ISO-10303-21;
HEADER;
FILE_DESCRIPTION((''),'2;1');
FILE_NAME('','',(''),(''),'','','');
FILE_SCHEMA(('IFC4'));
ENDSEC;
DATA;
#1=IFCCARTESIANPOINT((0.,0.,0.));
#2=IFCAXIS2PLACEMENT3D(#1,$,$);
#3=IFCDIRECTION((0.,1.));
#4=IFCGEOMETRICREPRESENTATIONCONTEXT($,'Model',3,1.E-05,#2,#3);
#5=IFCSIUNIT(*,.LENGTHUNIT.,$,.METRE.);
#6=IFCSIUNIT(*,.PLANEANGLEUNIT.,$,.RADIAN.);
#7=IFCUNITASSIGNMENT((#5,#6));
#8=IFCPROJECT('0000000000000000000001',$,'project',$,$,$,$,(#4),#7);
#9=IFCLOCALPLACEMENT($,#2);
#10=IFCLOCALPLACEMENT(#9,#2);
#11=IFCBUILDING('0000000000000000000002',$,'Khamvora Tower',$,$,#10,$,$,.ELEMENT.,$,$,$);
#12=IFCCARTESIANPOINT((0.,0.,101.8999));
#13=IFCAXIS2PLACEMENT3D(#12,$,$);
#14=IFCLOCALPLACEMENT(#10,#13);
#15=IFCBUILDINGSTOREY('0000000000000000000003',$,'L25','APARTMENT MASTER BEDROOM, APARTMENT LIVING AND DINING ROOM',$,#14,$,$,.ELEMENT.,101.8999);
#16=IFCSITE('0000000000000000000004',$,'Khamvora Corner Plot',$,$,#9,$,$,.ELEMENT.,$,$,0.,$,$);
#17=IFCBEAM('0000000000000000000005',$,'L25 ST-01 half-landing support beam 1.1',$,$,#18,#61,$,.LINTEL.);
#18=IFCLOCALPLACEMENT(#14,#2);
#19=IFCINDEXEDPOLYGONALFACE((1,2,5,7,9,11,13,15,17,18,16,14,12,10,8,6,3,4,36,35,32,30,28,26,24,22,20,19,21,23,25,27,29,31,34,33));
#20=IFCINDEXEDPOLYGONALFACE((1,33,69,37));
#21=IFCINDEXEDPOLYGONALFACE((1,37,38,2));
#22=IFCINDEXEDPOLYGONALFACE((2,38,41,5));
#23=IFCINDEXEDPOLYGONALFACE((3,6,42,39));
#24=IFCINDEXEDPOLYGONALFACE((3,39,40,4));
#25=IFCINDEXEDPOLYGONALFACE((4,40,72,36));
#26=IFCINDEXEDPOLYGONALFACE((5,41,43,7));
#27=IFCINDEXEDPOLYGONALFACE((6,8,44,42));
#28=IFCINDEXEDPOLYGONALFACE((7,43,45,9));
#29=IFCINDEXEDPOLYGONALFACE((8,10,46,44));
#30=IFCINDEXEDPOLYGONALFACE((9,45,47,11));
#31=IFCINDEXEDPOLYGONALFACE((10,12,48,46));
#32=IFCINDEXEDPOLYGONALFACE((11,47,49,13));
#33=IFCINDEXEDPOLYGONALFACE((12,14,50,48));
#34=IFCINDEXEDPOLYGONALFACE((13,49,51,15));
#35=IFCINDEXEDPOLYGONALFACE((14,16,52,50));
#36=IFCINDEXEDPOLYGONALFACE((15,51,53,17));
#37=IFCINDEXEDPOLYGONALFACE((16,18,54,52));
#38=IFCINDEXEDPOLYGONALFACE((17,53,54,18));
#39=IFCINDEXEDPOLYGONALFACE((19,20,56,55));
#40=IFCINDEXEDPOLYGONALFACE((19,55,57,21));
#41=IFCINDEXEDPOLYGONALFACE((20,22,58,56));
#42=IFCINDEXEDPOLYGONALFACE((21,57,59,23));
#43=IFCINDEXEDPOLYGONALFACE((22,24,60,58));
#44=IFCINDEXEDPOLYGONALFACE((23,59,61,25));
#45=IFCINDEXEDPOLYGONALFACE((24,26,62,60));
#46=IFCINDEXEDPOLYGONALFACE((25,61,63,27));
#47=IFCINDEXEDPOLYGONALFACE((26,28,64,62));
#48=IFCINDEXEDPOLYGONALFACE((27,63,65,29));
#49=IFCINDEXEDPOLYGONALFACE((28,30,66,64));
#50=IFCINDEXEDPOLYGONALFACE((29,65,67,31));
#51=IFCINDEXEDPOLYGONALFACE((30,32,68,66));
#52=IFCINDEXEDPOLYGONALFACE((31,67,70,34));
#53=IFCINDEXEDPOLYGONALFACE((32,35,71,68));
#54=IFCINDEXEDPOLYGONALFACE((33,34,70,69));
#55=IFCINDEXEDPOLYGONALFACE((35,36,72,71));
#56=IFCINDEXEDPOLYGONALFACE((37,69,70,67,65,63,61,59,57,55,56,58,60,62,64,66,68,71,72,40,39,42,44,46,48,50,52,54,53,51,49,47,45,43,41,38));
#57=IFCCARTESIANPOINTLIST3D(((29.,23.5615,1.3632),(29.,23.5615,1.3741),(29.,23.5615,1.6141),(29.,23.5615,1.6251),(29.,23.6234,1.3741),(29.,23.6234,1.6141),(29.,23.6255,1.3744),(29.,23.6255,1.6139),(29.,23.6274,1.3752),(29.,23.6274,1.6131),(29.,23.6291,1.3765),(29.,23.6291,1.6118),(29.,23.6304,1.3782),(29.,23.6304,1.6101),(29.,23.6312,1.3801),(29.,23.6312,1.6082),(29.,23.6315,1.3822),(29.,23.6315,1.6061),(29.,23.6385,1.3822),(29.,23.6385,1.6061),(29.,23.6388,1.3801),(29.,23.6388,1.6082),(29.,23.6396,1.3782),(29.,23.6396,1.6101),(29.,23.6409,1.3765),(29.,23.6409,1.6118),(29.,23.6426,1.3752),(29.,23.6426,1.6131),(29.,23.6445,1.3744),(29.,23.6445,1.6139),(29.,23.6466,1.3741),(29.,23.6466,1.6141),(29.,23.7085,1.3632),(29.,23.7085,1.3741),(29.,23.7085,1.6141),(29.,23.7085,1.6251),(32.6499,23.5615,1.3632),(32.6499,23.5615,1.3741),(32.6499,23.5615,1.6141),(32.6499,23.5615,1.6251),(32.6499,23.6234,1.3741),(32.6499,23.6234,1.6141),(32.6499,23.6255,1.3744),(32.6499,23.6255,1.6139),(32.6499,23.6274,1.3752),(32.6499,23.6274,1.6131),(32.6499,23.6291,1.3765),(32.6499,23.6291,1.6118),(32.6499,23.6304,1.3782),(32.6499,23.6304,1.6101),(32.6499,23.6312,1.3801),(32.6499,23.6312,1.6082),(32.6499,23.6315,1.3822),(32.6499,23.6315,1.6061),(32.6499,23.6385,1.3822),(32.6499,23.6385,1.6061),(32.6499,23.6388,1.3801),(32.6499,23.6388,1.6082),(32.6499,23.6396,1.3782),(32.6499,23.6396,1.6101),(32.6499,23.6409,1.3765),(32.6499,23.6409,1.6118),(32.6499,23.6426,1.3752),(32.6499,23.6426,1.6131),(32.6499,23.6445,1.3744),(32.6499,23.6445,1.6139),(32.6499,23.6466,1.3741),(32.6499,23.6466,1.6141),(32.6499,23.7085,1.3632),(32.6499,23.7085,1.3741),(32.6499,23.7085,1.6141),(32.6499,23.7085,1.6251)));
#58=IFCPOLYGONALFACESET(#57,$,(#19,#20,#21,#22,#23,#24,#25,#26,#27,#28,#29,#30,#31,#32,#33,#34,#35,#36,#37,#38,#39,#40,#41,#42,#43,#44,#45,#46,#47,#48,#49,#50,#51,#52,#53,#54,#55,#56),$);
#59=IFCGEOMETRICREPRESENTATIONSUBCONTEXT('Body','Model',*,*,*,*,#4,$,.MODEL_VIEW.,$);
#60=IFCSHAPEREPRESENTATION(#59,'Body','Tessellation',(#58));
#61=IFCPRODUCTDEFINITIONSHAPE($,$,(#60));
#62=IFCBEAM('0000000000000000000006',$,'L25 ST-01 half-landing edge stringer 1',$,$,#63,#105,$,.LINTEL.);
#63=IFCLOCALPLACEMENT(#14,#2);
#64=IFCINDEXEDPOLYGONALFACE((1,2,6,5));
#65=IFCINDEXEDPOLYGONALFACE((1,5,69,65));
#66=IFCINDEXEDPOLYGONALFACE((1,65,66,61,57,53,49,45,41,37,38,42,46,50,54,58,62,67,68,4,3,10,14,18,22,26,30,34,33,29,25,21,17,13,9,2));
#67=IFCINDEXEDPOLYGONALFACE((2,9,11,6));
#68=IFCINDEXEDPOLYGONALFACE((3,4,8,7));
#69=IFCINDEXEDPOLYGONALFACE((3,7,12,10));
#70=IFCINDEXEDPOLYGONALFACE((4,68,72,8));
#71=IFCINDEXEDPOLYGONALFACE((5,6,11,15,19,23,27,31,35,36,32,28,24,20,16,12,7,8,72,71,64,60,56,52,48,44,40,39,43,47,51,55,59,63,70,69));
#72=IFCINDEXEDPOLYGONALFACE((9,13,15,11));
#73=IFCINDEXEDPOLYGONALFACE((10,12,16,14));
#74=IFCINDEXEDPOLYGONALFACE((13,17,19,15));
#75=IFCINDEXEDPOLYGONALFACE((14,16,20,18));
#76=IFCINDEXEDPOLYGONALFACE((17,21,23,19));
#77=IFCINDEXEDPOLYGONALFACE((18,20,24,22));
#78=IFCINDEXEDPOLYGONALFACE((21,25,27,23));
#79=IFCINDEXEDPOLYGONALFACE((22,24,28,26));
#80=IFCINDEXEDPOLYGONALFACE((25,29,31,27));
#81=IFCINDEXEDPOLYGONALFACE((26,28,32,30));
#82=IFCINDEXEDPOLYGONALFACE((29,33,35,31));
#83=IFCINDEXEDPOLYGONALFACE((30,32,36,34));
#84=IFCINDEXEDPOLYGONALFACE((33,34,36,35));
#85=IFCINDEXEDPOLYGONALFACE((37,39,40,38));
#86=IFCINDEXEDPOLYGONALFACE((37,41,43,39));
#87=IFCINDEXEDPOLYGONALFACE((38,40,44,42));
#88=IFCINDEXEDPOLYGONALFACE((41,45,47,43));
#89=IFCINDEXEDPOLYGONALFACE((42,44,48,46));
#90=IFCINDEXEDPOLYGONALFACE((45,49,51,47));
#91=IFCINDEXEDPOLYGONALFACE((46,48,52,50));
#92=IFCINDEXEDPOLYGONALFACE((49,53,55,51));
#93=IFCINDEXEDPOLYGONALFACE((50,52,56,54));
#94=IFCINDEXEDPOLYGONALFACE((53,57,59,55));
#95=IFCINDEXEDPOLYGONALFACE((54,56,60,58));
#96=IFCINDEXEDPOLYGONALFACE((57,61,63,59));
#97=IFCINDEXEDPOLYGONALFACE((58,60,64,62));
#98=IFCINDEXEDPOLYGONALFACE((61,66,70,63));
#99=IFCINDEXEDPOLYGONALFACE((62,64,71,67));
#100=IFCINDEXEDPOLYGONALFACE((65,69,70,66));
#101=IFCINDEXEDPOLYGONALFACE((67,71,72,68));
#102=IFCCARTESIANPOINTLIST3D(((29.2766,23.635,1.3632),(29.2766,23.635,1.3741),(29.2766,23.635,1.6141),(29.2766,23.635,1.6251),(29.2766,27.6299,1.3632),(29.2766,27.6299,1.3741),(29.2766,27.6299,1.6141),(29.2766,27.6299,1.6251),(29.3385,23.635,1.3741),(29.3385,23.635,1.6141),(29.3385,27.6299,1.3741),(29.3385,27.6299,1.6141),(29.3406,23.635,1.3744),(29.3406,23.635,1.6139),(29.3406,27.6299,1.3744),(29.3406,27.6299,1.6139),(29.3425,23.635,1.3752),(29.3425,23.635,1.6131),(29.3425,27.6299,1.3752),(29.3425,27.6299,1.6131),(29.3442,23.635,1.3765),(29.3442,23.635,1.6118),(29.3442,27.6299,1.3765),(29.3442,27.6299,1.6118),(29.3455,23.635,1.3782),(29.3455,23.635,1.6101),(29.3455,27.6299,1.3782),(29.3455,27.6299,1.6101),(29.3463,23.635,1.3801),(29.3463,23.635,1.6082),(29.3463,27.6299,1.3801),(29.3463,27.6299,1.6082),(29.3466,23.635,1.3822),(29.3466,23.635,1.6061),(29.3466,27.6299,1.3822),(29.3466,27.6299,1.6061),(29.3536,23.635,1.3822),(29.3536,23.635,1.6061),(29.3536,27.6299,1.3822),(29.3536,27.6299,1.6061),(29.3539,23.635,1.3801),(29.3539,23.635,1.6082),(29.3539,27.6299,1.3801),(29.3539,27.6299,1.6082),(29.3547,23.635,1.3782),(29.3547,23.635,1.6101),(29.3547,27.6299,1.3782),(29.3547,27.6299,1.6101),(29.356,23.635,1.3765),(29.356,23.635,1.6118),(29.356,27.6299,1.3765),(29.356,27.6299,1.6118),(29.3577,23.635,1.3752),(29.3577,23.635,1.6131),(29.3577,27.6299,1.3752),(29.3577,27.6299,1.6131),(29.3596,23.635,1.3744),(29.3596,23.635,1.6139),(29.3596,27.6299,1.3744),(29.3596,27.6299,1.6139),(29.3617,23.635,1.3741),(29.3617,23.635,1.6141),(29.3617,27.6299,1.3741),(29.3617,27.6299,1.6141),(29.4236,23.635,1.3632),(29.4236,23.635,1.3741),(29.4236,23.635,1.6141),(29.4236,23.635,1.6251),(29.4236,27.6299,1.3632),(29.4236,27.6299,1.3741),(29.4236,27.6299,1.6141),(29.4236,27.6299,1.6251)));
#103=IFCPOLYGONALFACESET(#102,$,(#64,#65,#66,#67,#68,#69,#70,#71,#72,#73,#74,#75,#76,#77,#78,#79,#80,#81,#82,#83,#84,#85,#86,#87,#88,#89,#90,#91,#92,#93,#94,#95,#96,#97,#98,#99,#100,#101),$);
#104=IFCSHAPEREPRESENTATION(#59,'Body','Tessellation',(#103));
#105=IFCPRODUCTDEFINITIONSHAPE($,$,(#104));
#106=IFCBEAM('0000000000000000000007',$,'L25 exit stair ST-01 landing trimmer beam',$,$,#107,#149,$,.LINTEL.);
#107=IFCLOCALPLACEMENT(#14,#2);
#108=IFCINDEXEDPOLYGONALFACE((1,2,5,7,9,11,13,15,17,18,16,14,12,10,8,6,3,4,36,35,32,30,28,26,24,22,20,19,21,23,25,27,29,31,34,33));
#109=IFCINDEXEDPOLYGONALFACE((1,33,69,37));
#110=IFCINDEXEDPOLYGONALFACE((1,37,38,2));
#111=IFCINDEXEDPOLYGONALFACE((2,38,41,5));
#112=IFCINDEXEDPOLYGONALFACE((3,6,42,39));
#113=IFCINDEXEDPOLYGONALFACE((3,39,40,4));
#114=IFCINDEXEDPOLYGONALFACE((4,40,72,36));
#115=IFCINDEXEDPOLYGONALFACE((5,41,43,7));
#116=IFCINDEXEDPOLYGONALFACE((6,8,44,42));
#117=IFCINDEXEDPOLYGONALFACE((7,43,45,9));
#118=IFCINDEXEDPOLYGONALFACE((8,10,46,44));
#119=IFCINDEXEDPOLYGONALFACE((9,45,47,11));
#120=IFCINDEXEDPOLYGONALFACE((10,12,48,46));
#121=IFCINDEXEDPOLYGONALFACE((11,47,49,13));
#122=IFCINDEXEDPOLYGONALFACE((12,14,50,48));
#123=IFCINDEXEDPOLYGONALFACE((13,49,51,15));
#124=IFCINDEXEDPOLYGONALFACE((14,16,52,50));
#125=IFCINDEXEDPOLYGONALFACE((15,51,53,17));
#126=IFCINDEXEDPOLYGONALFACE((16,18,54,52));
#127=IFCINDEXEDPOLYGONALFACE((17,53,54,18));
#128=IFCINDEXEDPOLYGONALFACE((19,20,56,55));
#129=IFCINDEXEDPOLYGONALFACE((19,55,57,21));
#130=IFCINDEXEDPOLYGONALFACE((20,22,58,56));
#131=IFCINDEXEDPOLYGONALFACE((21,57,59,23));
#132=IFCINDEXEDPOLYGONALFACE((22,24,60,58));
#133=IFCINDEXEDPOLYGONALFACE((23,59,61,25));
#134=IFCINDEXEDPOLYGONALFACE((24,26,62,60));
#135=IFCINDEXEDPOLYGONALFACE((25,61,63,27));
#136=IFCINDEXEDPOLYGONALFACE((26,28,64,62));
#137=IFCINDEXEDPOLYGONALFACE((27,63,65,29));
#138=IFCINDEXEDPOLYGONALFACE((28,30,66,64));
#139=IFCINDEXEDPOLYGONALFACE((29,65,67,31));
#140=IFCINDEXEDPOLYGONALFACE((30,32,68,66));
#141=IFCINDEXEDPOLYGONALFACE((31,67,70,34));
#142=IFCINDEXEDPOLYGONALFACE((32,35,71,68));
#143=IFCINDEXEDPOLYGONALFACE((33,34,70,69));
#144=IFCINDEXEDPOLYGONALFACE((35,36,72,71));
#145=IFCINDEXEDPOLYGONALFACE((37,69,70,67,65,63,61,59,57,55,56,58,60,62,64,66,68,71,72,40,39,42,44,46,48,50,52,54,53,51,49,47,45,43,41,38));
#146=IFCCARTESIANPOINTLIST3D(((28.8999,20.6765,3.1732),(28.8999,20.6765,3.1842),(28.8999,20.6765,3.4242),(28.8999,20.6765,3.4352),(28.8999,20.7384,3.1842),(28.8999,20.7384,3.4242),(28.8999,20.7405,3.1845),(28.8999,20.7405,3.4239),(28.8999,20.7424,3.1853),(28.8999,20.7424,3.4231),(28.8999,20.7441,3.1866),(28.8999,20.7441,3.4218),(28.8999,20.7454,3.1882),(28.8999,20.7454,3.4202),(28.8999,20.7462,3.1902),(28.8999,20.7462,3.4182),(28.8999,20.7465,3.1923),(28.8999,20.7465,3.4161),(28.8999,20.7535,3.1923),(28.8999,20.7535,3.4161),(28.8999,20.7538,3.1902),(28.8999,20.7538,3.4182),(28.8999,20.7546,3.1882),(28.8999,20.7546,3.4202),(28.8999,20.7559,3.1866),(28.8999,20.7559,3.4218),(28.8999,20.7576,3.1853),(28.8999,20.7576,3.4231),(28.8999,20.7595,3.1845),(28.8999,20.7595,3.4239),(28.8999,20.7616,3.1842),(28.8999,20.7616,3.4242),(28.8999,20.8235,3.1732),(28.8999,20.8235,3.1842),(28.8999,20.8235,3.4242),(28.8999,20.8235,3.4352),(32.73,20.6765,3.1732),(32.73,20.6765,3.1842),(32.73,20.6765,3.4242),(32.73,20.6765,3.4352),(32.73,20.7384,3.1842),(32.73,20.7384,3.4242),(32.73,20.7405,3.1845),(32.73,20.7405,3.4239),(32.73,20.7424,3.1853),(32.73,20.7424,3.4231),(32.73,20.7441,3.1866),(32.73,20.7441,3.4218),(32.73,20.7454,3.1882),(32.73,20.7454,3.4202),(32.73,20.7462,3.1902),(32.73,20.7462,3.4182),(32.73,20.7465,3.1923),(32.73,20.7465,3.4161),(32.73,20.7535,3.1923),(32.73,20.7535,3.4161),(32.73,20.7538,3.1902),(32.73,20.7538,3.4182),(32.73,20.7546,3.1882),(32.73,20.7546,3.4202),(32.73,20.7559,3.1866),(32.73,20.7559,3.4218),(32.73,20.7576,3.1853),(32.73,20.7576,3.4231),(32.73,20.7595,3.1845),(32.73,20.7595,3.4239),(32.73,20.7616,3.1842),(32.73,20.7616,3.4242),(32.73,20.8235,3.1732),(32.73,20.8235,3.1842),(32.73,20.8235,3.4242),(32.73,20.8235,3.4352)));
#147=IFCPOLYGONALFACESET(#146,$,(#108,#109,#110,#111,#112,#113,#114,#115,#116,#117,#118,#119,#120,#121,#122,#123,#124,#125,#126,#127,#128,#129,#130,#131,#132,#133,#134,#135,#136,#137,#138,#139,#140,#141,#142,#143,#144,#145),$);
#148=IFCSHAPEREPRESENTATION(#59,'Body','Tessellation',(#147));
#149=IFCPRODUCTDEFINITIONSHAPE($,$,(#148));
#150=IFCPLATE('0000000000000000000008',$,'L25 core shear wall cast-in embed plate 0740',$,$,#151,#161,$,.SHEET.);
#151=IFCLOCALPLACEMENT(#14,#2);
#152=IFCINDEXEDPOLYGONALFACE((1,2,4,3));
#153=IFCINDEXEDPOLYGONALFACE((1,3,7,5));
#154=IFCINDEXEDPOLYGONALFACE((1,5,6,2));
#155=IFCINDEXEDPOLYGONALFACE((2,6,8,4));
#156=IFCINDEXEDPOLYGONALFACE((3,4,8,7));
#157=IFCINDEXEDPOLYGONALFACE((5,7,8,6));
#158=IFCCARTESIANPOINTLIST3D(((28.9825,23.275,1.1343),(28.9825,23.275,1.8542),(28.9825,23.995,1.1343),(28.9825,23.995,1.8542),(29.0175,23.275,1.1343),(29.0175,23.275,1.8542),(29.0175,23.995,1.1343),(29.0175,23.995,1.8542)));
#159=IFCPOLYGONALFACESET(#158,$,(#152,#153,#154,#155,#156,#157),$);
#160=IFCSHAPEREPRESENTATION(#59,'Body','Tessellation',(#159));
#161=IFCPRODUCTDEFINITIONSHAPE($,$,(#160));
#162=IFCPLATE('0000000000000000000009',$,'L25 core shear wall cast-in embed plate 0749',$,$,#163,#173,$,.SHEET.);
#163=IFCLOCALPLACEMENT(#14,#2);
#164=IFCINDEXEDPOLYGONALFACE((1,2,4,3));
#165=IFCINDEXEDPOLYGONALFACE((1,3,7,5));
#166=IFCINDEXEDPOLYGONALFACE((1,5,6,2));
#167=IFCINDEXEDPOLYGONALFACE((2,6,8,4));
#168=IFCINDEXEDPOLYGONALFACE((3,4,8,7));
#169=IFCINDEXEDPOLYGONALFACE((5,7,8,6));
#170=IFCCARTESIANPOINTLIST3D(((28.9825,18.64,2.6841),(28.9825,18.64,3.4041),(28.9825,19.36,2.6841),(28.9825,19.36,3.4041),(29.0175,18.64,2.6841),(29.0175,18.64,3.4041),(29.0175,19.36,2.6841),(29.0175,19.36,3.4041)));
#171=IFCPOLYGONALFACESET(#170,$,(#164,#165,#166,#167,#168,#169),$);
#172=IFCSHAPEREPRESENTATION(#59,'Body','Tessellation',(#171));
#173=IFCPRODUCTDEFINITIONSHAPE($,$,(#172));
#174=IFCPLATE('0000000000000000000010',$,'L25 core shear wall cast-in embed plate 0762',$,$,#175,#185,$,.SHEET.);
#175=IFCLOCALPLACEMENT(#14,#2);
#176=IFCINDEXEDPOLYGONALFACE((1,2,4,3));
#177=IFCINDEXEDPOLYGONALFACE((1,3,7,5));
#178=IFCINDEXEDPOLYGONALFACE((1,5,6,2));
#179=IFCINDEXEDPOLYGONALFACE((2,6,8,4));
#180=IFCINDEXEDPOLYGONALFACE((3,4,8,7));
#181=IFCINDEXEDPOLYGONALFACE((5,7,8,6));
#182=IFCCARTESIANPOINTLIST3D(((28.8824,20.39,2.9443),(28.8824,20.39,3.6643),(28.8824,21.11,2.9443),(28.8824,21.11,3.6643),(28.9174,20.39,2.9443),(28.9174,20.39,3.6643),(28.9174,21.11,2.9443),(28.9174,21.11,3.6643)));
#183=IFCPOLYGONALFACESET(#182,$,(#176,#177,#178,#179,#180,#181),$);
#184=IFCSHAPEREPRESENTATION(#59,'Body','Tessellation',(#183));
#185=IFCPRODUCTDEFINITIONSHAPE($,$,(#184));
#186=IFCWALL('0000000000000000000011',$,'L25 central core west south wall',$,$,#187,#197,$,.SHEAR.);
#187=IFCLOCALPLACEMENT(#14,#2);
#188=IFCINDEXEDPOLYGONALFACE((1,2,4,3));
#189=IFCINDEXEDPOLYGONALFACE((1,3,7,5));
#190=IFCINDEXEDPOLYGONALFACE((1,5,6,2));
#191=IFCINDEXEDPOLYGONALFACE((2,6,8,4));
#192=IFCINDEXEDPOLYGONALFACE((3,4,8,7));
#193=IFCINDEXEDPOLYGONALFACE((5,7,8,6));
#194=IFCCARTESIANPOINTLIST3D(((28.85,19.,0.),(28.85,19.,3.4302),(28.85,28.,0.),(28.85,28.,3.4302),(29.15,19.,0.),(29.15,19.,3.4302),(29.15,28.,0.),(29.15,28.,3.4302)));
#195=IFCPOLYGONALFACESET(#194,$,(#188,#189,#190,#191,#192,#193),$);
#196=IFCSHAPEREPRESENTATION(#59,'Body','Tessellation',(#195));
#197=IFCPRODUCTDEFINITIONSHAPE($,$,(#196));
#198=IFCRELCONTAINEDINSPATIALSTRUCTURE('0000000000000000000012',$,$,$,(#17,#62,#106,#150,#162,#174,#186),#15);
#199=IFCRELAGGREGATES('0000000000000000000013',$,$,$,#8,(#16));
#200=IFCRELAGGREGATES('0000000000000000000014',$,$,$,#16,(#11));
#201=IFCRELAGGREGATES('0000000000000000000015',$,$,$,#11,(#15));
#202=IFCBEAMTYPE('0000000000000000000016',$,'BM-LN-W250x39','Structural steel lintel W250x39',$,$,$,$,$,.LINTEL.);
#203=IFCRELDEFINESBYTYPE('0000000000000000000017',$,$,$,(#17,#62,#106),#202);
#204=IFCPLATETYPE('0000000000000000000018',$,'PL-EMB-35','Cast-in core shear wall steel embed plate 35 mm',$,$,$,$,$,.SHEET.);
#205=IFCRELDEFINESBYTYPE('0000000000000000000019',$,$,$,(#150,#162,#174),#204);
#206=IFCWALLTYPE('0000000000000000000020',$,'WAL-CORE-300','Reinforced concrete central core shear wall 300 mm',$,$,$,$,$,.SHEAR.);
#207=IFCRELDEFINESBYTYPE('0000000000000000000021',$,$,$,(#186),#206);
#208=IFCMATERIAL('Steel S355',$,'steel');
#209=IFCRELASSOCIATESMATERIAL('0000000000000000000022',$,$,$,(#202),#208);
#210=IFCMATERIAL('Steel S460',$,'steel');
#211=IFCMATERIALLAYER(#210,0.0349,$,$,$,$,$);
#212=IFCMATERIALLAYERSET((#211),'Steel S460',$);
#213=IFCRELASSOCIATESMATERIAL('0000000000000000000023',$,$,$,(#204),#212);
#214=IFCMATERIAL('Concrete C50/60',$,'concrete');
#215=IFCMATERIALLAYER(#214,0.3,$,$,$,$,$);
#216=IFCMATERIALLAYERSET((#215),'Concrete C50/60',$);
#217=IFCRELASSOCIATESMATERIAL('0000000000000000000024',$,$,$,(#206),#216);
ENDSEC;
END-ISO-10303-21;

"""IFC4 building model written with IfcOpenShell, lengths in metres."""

from ifc_helpers import new_model, si_unit, direction, frame, frame_2d, origin, origin_2d, place, context, subcontext, project, spatial, rectangle, i_section, extrude, material, layer, layer_set, material_profile, profile_set, type_object, element, save


model = new_model("IFC4")

# Units and contexts
model_context = context("Model", 3, precision=1e-05, world=origin(), true_north=direction((0.0, 1.0)))
body_context = subcontext(model_context, "Body", "Model", "MODEL_VIEW")
ifc_project = project(units=[si_unit("LENGTHUNIT", "METRE"), si_unit("PLANEANGLEUNIT", "RADIAN")], contexts=[model_context])

# Site, building, storey
site_placement = place(None, origin())
site = spatial("IfcSite", under=ifc_project, at=site_placement, Name="Khamvora Corner Plot", CompositionType="ELEMENT", RefElevation=0.0)
building_placement = place(site_placement, origin())
building = spatial("IfcBuilding", under=site, at=building_placement, Name="Khamvora Tower", CompositionType="ELEMENT")
storey_placement = place(building_placement, frame((0.0, 0.0, 101.8999)))
storey = spatial("IfcBuildingStorey", under=building, at=storey_placement, Name="L25", Description="APARTMENT MASTER BEDROOM, APARTMENT LIVING AND DINING ROOM", CompositionType="ELEMENT", Elevation=101.8999)

# Beams
ifc_material_1 = material(Name="Steel S355", Category="steel")
ifc_material_profile = material_profile(ifc_material_1, i_section(OverallWidth=0.147, OverallDepth=0.262, WebThickness=0.0071, FlangeThickness=0.011, FilletRadius=0.0081, at=origin_2d()), Name="W250x39")
ifc_profile_set = profile_set([ifc_material_profile], Name="Steel S355")
beam_type = type_object("IfcBeamType", Name="BM-LN-W250x39", Description="Structural steel lintel W250x39", PredefinedType="LINTEL", material=ifc_profile_set)
beam_1_placement = place(storey_placement, frame((29.0, 23.635, 1.4941), z_axis=(1.0, 0.0, 0.0), x_axis=(0.0, 1.0, 0.0)))
element("IfcBeam", 1, at=beam_1_placement, inside=storey, type_object=beam_type, Name="L25 ST-01 half-landing support beam 1.1", PredefinedType="LINTEL", context=body_context, shape_type="SweptSolid", body=[
    extrude(i_section(OverallWidth=0.147, OverallDepth=0.262, WebThickness=0.0071, FlangeThickness=0.011, FilletRadius=0.0081, at=origin_2d()), origin(), (0.0, 0.0, 1.0), 3.6499),
])
beam_2_placement = place(storey_placement, frame((29.3501, 23.635, 1.4941), z_axis=(0.0, 1.0, 0.0), x_axis=(-1.0, 0.0, 0.0)))
element("IfcBeam", 2, at=beam_2_placement, inside=storey, type_object=beam_type, Name="L25 ST-01 half-landing edge stringer 1", PredefinedType="LINTEL", context=body_context, shape_type="SweptSolid", body=[
    extrude(i_section(OverallWidth=0.147, OverallDepth=0.262, WebThickness=0.0071, FlangeThickness=0.011, FilletRadius=0.0081, at=origin_2d()), origin(), (0.0, 0.0, 1.0), 3.9949),
])
beam_3_placement = place(storey_placement, frame((28.8999, 20.75, 3.3042), z_axis=(1.0, 0.0, 0.0), x_axis=(0.0, 1.0, 0.0)))
element("IfcBeam", 3, at=beam_3_placement, inside=storey, type_object=beam_type, Name="L25 exit stair ST-01 landing trimmer beam", PredefinedType="LINTEL", context=body_context, shape_type="SweptSolid", body=[
    extrude(i_section(OverallWidth=0.147, OverallDepth=0.262, WebThickness=0.0071, FlangeThickness=0.011, FilletRadius=0.0081, at=origin_2d()), origin(), (0.0, 0.0, 1.0), 3.8301),
])

# Plates
ifc_material_2 = material(Name="Steel S460", Category="steel")
ifc_layer_1 = layer(ifc_material_2, 0.0349)
ifc_layer_set_1 = layer_set([ifc_layer_1], Name="Steel S460")
plate_type = type_object("IfcPlateType", Name="PL-EMB-35", Description="Cast-in core shear wall steel embed plate 35 mm", PredefinedType="SHEET", material=ifc_layer_set_1)
for number, where, z_axis, x_axis, name in (
    (4, (29.0, 23.635, 1.1343), (0.0, 0.0, 1.0), (1.0, 0.0, 0.0), "L25 core shear wall cast-in embed plate 0740"),
    (5, (29.0, 19.0, 2.6841), (0.0, 0.0, 1.0), (1.0, 0.0, 0.0), "L25 core shear wall cast-in embed plate 0749"),
    (6, (28.8999, 20.75, 2.9443), (0.0, 0.0, 1.0), (1.0, 0.0, 0.0), "L25 core shear wall cast-in embed plate 0762"),
):
    element("IfcPlate", number, at=place(storey_placement, frame(where, z_axis=z_axis, x_axis=x_axis)), inside=storey, type_object=plate_type, Name=name, PredefinedType="SHEET", context=body_context, shape_type="SweptSolid", body=[
        extrude(rectangle(XDim=0.0349, YDim=0.72, at=origin_2d()), origin(), (0.0, 0.0, 1.0), 0.72),
    ])

# Wall
ifc_material_3 = material(Name="Concrete C50/60", Category="concrete")
ifc_layer_2 = layer(ifc_material_3, 0.3)
ifc_layer_set_2 = layer_set([ifc_layer_2], Name="Concrete C50/60")
wall_type_1 = type_object("IfcWallType", Name="WAL-CORE-300", Description="Reinforced concrete central core shear wall 300 mm", PredefinedType="SHEAR", material=ifc_layer_set_2)
wall_1_placement = place(storey_placement, frame((29.0, 19.0, 0.0), z_axis=(0.0, 0.0, 1.0), x_axis=(0.0, 1.0, 0.0)))
element("IfcWall", 7, at=wall_1_placement, inside=storey, type_object=wall_type_1, Name="L25 central core west south wall", PredefinedType="SHEAR", context=body_context, shape_type="SweptSolid", body=[
    extrude(rectangle(XDim=9.0, YDim=0.3, at=frame_2d((4.5, 0.0))), origin(), (0.0, 0.0, 1.0), 3.4302),
])

save(model, "model.ifc")
